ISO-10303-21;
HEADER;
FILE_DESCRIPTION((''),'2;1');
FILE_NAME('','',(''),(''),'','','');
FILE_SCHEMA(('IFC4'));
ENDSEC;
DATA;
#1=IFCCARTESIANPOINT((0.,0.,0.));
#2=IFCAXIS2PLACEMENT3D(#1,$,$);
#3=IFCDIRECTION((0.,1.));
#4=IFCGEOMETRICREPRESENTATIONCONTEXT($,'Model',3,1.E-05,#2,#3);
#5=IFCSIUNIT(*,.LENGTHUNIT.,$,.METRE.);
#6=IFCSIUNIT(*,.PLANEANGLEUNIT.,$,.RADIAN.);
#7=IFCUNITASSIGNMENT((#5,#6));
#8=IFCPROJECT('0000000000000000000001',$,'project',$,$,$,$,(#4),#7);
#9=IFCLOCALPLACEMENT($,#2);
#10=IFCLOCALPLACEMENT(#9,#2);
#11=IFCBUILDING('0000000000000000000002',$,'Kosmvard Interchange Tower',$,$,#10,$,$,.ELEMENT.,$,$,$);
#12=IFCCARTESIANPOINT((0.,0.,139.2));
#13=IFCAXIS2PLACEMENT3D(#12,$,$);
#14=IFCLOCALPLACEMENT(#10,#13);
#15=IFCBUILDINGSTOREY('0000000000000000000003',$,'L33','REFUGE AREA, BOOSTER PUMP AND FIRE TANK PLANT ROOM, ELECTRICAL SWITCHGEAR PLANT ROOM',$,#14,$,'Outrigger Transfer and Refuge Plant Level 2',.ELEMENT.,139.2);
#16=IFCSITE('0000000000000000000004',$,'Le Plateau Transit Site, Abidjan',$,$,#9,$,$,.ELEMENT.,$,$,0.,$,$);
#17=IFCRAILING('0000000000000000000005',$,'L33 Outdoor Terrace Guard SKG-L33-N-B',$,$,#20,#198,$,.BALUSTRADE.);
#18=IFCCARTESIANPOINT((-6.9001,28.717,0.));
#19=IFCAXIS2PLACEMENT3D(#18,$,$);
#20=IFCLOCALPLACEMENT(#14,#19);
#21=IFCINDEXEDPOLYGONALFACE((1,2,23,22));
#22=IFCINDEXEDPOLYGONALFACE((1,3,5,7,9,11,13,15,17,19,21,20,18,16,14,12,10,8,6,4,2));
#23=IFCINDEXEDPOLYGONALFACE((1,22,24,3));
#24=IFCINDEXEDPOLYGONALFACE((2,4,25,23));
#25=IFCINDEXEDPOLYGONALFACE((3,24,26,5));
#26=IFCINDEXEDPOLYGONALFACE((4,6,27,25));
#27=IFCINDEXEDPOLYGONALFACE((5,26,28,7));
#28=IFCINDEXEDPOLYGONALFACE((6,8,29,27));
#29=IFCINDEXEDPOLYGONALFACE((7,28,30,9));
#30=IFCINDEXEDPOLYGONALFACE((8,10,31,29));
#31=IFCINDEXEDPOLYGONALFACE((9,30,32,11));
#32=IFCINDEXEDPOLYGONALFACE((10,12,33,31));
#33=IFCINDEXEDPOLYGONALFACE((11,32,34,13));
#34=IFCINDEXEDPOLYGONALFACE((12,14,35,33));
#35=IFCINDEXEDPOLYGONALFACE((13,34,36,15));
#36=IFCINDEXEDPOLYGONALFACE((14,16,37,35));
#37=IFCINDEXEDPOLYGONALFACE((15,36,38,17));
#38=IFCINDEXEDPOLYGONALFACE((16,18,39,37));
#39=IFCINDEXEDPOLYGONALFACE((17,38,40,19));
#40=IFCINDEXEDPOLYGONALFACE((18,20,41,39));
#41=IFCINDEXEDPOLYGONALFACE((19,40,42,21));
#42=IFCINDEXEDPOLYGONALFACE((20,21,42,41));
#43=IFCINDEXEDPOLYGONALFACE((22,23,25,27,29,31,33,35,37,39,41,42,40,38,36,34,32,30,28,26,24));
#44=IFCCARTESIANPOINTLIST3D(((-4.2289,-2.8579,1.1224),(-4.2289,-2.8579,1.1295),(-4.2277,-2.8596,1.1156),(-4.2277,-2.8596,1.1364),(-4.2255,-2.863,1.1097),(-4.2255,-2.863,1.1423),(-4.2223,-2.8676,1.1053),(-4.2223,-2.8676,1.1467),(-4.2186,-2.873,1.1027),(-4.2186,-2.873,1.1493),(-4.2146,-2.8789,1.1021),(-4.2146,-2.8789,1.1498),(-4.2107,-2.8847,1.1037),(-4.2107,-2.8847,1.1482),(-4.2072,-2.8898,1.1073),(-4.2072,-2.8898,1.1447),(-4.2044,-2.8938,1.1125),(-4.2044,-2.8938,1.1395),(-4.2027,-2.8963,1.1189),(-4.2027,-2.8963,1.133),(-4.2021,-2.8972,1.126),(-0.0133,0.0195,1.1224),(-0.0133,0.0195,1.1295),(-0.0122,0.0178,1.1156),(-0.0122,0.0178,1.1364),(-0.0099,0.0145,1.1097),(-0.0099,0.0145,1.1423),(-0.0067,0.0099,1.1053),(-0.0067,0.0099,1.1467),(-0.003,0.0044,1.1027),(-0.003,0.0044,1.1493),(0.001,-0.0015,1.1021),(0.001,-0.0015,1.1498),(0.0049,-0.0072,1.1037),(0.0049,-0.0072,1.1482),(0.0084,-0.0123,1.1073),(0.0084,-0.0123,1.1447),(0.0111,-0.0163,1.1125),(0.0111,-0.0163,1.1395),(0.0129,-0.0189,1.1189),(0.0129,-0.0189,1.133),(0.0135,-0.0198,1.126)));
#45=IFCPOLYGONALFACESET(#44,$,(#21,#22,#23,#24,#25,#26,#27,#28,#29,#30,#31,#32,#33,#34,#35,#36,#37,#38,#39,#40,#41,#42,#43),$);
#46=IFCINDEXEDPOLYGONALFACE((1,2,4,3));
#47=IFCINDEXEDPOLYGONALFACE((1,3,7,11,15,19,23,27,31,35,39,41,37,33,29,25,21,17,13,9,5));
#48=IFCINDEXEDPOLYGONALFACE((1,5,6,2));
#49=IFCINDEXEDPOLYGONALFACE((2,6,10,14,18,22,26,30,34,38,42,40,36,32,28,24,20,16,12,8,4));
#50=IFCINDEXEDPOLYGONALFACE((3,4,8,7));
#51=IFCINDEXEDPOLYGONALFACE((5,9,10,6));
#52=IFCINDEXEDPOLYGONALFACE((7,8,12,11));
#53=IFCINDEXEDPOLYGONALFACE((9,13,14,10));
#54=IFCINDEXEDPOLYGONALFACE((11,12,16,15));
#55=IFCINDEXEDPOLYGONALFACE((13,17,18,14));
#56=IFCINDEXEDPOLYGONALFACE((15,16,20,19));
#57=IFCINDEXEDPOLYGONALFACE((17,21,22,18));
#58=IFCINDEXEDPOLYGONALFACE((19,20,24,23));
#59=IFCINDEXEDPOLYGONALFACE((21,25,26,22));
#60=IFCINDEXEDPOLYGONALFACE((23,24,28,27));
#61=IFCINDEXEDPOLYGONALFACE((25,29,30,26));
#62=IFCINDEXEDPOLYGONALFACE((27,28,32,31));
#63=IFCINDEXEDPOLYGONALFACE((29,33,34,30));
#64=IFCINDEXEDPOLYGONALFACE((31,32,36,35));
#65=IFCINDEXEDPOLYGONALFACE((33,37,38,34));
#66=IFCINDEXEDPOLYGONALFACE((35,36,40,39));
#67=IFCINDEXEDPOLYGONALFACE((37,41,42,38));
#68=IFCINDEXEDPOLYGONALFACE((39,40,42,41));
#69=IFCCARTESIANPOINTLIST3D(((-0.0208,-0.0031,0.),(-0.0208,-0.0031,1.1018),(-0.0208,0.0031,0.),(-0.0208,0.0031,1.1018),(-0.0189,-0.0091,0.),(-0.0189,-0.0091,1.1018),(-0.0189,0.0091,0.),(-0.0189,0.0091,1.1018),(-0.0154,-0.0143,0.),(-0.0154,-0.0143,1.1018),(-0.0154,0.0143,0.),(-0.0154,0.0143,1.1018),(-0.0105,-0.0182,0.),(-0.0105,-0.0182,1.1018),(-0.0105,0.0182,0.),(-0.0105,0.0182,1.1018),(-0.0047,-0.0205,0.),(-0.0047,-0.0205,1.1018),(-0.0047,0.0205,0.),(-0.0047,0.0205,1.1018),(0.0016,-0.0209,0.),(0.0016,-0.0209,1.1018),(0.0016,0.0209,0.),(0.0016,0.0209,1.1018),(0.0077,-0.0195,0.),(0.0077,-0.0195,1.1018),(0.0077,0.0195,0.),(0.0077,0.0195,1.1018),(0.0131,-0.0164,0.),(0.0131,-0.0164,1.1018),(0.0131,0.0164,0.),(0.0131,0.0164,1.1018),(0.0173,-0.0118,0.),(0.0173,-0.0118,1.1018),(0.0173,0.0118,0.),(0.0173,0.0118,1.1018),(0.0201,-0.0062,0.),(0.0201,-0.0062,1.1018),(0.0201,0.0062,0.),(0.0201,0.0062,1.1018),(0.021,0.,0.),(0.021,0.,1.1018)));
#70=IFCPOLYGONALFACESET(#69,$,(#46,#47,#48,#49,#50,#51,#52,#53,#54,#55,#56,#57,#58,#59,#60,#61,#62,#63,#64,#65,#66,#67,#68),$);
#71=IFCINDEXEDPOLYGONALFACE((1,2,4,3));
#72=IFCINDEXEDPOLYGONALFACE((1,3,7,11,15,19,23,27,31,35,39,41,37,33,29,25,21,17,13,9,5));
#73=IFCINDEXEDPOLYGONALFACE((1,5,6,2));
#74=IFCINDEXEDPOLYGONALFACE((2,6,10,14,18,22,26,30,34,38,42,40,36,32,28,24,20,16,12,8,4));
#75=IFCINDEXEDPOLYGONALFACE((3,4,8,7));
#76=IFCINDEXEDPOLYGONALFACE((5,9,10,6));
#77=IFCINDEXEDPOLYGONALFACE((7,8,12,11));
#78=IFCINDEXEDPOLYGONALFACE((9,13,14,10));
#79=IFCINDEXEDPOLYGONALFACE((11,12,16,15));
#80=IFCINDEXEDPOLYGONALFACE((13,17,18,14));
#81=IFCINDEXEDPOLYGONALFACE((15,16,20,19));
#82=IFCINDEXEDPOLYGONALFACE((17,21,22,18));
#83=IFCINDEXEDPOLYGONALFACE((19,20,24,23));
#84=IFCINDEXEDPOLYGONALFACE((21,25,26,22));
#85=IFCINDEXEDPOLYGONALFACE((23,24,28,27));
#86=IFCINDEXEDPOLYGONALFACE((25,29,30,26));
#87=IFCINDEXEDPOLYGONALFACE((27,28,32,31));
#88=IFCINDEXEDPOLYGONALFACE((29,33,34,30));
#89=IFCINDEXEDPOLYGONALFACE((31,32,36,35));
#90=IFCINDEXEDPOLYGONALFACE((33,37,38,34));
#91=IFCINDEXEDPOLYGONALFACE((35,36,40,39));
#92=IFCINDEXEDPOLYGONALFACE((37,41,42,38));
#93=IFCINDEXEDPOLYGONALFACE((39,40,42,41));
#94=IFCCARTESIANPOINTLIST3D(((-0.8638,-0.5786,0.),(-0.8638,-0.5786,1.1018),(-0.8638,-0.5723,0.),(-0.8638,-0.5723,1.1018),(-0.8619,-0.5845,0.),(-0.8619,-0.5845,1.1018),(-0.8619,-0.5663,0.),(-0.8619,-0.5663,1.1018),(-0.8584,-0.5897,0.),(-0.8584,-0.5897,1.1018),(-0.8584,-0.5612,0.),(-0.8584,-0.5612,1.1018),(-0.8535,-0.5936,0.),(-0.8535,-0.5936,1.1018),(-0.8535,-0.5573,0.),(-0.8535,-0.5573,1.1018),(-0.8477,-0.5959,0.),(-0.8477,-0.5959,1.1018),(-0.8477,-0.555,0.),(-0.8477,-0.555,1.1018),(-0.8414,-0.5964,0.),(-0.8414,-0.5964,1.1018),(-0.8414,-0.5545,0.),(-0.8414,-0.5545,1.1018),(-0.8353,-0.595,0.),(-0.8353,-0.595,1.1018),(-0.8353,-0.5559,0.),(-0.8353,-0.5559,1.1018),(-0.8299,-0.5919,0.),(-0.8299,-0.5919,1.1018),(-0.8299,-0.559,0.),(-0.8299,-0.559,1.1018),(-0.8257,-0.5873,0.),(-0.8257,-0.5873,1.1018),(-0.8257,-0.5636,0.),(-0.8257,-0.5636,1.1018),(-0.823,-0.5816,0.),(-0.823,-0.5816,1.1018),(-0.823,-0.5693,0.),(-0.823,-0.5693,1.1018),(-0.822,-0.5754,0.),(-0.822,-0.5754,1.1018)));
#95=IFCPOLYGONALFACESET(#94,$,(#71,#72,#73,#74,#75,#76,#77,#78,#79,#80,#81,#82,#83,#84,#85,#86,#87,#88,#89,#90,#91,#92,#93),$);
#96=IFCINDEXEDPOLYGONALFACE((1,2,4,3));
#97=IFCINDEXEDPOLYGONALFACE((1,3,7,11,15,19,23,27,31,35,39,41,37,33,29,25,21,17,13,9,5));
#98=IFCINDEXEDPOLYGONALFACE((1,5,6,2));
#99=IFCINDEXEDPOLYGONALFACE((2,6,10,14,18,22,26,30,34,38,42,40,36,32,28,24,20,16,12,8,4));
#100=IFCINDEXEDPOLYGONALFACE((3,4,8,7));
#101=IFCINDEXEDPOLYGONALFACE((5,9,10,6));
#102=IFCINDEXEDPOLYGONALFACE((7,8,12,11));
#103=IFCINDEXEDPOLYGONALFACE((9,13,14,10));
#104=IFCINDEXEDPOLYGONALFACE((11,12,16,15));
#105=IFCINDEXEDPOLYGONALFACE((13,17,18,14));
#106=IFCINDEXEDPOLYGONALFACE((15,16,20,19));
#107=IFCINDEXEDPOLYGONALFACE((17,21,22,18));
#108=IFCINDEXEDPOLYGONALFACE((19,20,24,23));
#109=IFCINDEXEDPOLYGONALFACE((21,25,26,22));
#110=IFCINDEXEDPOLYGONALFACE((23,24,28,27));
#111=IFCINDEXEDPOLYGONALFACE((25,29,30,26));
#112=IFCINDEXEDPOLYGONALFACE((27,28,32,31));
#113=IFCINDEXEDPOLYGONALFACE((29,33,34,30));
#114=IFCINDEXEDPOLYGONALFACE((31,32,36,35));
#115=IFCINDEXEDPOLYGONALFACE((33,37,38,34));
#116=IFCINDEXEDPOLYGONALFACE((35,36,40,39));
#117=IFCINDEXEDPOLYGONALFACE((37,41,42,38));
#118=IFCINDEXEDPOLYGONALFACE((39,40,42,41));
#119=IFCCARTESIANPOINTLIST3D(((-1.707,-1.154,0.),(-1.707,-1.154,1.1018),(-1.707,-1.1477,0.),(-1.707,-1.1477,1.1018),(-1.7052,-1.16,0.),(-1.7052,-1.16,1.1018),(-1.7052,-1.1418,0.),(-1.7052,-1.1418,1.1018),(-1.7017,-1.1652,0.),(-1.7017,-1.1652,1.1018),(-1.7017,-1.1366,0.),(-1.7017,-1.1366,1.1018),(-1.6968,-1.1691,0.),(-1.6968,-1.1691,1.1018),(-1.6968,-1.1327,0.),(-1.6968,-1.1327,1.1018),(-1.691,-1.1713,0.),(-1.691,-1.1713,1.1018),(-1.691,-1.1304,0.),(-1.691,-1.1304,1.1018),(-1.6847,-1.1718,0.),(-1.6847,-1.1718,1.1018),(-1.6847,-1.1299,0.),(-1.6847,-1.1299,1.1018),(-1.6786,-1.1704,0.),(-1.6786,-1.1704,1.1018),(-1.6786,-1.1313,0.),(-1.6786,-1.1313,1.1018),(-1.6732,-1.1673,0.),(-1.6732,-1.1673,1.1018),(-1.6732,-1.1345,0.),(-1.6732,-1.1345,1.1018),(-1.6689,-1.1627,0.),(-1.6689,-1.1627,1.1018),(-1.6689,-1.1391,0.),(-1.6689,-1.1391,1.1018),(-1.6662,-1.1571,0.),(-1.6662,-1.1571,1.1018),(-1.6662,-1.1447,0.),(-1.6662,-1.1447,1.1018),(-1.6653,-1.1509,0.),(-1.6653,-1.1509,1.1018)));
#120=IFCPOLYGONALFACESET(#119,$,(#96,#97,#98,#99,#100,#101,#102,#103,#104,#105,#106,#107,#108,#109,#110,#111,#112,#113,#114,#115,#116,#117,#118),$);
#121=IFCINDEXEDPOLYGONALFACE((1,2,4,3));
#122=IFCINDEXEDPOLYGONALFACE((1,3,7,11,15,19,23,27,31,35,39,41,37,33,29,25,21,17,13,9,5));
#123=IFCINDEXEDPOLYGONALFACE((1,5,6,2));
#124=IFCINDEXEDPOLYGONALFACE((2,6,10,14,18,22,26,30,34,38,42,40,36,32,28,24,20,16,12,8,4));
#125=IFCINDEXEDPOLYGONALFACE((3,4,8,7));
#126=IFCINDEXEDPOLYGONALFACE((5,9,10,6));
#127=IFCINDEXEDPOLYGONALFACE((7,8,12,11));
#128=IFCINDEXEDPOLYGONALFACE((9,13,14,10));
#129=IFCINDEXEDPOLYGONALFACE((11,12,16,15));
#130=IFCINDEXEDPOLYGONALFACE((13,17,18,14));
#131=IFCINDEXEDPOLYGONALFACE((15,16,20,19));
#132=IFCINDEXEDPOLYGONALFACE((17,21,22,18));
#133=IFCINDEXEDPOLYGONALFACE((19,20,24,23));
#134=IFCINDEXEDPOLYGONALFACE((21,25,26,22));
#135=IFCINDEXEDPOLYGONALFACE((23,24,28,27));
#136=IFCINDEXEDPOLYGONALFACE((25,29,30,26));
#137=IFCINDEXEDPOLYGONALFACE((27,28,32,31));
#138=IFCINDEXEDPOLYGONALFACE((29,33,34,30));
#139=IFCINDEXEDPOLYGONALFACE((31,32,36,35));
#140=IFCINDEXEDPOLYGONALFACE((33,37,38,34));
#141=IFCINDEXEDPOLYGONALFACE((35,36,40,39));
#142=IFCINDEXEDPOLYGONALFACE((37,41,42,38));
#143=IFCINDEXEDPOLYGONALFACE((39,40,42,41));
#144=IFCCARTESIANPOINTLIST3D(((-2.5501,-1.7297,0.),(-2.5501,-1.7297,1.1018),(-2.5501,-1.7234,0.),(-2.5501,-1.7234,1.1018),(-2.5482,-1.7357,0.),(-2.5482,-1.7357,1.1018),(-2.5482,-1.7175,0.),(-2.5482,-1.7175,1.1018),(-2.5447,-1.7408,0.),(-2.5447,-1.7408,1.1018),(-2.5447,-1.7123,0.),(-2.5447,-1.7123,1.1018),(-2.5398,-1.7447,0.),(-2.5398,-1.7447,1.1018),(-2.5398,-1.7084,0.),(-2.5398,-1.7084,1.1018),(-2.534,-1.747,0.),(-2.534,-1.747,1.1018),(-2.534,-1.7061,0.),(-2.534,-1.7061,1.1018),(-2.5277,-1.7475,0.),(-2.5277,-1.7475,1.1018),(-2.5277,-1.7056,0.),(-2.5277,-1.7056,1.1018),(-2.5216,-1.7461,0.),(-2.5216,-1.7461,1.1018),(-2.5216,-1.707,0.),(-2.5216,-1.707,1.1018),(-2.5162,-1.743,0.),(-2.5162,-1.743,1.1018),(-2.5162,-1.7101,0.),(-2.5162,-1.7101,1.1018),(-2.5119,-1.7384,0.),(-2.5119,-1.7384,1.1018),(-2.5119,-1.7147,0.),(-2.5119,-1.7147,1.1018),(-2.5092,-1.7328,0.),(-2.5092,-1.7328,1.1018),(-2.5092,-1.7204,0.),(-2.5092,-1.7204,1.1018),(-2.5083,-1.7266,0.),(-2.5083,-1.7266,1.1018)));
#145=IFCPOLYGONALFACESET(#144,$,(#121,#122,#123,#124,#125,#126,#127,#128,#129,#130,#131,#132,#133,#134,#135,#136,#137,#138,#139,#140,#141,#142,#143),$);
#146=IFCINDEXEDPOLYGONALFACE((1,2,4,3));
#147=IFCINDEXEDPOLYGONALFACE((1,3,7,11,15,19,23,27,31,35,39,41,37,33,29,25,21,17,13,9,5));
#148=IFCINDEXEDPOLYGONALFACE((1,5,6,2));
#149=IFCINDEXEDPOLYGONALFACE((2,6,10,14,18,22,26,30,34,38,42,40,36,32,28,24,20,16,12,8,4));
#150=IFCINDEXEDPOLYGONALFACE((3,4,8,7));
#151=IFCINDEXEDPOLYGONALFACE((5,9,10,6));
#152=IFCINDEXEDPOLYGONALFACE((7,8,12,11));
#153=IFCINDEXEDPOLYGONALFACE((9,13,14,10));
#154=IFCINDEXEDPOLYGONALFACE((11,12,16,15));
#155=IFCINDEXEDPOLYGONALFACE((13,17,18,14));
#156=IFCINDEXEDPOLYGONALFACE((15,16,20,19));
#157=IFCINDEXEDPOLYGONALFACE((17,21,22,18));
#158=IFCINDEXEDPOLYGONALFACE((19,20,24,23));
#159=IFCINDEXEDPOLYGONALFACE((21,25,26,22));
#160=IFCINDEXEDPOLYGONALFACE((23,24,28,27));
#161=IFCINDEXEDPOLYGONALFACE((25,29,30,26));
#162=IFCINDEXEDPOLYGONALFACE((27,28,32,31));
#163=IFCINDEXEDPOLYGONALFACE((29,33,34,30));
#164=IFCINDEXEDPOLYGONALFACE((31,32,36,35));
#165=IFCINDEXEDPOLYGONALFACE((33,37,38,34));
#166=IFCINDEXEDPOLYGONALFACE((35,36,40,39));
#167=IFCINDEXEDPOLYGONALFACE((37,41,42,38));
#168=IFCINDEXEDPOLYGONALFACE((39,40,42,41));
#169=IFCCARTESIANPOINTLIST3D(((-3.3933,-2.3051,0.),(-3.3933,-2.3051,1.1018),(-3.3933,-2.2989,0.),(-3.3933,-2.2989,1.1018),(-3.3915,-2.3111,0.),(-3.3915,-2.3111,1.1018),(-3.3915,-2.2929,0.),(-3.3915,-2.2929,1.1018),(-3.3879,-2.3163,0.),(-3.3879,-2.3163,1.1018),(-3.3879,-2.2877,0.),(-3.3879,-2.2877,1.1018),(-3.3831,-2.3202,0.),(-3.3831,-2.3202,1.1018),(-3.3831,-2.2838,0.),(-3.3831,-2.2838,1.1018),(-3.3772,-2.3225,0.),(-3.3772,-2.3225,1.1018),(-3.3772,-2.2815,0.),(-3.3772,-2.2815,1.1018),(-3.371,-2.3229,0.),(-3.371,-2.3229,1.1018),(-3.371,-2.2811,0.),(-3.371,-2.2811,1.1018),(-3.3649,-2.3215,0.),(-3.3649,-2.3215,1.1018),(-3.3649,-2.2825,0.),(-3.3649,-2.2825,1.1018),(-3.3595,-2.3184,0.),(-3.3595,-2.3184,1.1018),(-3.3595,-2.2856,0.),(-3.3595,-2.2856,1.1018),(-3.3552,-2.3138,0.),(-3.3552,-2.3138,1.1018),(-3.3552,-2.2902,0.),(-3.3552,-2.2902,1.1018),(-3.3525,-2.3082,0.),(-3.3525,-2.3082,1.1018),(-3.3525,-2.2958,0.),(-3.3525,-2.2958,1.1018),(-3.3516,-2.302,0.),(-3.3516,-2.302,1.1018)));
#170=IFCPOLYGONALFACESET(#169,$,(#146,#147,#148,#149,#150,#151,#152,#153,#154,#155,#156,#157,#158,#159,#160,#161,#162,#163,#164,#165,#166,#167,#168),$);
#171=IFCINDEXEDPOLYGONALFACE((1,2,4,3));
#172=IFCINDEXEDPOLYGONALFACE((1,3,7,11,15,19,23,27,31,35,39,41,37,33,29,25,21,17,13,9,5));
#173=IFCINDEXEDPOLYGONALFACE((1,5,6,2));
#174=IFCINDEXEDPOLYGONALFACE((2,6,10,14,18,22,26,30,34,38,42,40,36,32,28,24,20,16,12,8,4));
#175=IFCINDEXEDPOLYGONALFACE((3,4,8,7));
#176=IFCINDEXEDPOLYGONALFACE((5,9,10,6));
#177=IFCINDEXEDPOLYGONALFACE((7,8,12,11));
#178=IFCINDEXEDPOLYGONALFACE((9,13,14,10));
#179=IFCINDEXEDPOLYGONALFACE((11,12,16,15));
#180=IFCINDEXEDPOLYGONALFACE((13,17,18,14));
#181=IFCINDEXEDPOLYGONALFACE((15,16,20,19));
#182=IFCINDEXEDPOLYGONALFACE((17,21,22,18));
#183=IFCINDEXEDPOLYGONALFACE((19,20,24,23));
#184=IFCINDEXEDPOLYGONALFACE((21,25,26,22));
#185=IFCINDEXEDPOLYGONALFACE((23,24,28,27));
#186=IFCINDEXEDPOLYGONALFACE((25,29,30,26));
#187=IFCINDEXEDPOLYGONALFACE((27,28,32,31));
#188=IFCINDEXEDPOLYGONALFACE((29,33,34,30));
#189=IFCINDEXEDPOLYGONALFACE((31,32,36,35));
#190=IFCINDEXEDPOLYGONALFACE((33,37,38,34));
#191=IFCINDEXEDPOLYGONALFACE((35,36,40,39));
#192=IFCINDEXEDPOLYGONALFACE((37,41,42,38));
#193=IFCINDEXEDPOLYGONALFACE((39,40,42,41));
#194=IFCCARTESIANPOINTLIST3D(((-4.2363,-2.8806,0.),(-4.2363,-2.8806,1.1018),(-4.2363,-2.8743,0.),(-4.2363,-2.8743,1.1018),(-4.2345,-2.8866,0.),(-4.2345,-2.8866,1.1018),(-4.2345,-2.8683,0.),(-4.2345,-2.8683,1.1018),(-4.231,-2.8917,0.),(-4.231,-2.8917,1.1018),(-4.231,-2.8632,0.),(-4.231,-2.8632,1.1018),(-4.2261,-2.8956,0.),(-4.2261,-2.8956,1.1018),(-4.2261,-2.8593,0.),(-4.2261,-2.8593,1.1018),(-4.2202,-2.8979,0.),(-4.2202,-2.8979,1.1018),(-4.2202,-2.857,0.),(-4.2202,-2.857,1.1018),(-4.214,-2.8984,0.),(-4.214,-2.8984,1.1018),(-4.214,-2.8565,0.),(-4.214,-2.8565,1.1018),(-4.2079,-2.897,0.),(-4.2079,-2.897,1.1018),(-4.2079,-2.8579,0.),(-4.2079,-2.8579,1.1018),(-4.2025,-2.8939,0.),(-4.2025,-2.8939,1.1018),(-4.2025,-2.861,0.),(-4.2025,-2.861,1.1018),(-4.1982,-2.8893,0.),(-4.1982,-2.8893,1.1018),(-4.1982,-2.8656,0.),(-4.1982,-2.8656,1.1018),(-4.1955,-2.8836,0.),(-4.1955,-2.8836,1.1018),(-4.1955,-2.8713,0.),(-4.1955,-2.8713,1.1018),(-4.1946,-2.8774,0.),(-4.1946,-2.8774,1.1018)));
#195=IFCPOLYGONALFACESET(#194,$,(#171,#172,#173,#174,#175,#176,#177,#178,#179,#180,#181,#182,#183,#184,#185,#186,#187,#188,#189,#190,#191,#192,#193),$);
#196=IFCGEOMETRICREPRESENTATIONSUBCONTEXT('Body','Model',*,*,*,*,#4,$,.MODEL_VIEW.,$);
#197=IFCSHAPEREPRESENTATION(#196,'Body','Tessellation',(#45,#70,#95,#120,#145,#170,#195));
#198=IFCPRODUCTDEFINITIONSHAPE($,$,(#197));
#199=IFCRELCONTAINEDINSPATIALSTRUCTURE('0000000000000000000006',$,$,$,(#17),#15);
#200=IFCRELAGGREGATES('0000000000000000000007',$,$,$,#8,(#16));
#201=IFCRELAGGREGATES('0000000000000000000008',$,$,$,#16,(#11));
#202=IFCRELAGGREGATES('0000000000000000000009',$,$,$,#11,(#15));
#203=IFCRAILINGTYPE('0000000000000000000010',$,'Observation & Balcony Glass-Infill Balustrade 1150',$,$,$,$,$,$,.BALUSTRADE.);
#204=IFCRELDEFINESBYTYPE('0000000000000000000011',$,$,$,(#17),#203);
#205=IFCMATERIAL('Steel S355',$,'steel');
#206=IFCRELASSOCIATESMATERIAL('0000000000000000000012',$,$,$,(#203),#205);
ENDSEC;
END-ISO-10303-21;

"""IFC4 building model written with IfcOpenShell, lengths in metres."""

from ifc_helpers import new_model, si_unit, direction, frame, origin, origin_2d, place, context, subcontext, project, spatial, circle, extrude, source, transform, mapped, material, type_object, element, save


model = new_model("IFC4")

# Units and contexts
model_context = context("Model", 3, precision=1e-05, world=origin(), true_north=direction((0.0, 1.0)))
body_context = subcontext(model_context, "Body", "Model", "MODEL_VIEW")
ifc_project = project(units=[si_unit("LENGTHUNIT", "METRE"), si_unit("PLANEANGLEUNIT", "RADIAN")], contexts=[model_context])

# Site, building, storey
site_placement = place(None, origin())
site = spatial("IfcSite", under=ifc_project, at=site_placement, Name="Le Plateau Transit Site, Abidjan", CompositionType="ELEMENT", RefElevation=0.0)
building_placement = place(site_placement, origin())
building = spatial("IfcBuilding", under=site, at=building_placement, Name="Kosmvard Interchange Tower", CompositionType="ELEMENT")
storey_placement = place(building_placement, frame((0.0, 0.0, 139.2)))
storey = spatial("IfcBuildingStorey", under=building, at=storey_placement, Name="L33", Description="REFUGE AREA, BOOSTER PUMP AND FIRE TANK PLANT ROOM, ELECTRICAL SWITCHGEAR PLANT ROOM", LongName="Outrigger Transfer and Refuge Plant Level 2", CompositionType="ELEMENT", Elevation=139.2)

# Shared definitions
ifc_material_1 = material(Name="Steel S355", Category="steel")

# Railing
railing_type = type_object("IfcRailingType", Name="Observation & Balcony Glass-Infill Balustrade 1150", PredefinedType="BALUSTRADE", material=ifc_material_1)
shared_shape_1 = source(origin(), body_context, "Body", "SweptSolid", [
    extrude(circle(Radius=0.0239, at=origin_2d()), frame((0.0, 0.0, 1.126), z_axis=(-0.825937, -0.563763, 0.0), x_axis=(0.563763, -0.825937, 0.0)), (0.0, 0.0, 1.0), 5.104),
    extrude(circle(Radius=0.021, at=origin_2d()), origin(), (0.0, 0.0, 1.0), 1.1018),
    extrude(circle(Radius=0.021, at=origin_2d()), frame((-0.843, -0.5754, 0.0)), (0.0, 0.0, 1.0), 1.1018),
    extrude(circle(Radius=0.021, at=origin_2d()), frame((-1.6863, -1.1509, 0.0)), (0.0, 0.0, 1.0), 1.1018),
    extrude(circle(Radius=0.021, at=origin_2d()), frame((-2.5293, -1.7266, 0.0)), (0.0, 0.0, 1.0), 1.1018),
    extrude(circle(Radius=0.021, at=origin_2d()), frame((-3.3726, -2.302, 0.0)), (0.0, 0.0, 1.0), 1.1018),
    extrude(circle(Radius=0.021, at=origin_2d()), frame((-4.2156, -2.8774, 0.0)), (0.0, 0.0, 1.0), 1.1018),
])
railing_1_placement = place(storey_placement, frame((-6.9001, 28.717, 0.0)))
element("IfcRailing", 1, at=railing_1_placement, inside=storey, type_object=railing_type, Name="L33 Outdoor Terrace Guard SKG-L33-N-B", PredefinedType="BALUSTRADE", context=body_context, shape_type="MappedRepresentation", body=[
    mapped(shared_shape_1, transform((0.0, 0.0, 0.0), scale=1.0)),
])

save(model, "model.ifc")
